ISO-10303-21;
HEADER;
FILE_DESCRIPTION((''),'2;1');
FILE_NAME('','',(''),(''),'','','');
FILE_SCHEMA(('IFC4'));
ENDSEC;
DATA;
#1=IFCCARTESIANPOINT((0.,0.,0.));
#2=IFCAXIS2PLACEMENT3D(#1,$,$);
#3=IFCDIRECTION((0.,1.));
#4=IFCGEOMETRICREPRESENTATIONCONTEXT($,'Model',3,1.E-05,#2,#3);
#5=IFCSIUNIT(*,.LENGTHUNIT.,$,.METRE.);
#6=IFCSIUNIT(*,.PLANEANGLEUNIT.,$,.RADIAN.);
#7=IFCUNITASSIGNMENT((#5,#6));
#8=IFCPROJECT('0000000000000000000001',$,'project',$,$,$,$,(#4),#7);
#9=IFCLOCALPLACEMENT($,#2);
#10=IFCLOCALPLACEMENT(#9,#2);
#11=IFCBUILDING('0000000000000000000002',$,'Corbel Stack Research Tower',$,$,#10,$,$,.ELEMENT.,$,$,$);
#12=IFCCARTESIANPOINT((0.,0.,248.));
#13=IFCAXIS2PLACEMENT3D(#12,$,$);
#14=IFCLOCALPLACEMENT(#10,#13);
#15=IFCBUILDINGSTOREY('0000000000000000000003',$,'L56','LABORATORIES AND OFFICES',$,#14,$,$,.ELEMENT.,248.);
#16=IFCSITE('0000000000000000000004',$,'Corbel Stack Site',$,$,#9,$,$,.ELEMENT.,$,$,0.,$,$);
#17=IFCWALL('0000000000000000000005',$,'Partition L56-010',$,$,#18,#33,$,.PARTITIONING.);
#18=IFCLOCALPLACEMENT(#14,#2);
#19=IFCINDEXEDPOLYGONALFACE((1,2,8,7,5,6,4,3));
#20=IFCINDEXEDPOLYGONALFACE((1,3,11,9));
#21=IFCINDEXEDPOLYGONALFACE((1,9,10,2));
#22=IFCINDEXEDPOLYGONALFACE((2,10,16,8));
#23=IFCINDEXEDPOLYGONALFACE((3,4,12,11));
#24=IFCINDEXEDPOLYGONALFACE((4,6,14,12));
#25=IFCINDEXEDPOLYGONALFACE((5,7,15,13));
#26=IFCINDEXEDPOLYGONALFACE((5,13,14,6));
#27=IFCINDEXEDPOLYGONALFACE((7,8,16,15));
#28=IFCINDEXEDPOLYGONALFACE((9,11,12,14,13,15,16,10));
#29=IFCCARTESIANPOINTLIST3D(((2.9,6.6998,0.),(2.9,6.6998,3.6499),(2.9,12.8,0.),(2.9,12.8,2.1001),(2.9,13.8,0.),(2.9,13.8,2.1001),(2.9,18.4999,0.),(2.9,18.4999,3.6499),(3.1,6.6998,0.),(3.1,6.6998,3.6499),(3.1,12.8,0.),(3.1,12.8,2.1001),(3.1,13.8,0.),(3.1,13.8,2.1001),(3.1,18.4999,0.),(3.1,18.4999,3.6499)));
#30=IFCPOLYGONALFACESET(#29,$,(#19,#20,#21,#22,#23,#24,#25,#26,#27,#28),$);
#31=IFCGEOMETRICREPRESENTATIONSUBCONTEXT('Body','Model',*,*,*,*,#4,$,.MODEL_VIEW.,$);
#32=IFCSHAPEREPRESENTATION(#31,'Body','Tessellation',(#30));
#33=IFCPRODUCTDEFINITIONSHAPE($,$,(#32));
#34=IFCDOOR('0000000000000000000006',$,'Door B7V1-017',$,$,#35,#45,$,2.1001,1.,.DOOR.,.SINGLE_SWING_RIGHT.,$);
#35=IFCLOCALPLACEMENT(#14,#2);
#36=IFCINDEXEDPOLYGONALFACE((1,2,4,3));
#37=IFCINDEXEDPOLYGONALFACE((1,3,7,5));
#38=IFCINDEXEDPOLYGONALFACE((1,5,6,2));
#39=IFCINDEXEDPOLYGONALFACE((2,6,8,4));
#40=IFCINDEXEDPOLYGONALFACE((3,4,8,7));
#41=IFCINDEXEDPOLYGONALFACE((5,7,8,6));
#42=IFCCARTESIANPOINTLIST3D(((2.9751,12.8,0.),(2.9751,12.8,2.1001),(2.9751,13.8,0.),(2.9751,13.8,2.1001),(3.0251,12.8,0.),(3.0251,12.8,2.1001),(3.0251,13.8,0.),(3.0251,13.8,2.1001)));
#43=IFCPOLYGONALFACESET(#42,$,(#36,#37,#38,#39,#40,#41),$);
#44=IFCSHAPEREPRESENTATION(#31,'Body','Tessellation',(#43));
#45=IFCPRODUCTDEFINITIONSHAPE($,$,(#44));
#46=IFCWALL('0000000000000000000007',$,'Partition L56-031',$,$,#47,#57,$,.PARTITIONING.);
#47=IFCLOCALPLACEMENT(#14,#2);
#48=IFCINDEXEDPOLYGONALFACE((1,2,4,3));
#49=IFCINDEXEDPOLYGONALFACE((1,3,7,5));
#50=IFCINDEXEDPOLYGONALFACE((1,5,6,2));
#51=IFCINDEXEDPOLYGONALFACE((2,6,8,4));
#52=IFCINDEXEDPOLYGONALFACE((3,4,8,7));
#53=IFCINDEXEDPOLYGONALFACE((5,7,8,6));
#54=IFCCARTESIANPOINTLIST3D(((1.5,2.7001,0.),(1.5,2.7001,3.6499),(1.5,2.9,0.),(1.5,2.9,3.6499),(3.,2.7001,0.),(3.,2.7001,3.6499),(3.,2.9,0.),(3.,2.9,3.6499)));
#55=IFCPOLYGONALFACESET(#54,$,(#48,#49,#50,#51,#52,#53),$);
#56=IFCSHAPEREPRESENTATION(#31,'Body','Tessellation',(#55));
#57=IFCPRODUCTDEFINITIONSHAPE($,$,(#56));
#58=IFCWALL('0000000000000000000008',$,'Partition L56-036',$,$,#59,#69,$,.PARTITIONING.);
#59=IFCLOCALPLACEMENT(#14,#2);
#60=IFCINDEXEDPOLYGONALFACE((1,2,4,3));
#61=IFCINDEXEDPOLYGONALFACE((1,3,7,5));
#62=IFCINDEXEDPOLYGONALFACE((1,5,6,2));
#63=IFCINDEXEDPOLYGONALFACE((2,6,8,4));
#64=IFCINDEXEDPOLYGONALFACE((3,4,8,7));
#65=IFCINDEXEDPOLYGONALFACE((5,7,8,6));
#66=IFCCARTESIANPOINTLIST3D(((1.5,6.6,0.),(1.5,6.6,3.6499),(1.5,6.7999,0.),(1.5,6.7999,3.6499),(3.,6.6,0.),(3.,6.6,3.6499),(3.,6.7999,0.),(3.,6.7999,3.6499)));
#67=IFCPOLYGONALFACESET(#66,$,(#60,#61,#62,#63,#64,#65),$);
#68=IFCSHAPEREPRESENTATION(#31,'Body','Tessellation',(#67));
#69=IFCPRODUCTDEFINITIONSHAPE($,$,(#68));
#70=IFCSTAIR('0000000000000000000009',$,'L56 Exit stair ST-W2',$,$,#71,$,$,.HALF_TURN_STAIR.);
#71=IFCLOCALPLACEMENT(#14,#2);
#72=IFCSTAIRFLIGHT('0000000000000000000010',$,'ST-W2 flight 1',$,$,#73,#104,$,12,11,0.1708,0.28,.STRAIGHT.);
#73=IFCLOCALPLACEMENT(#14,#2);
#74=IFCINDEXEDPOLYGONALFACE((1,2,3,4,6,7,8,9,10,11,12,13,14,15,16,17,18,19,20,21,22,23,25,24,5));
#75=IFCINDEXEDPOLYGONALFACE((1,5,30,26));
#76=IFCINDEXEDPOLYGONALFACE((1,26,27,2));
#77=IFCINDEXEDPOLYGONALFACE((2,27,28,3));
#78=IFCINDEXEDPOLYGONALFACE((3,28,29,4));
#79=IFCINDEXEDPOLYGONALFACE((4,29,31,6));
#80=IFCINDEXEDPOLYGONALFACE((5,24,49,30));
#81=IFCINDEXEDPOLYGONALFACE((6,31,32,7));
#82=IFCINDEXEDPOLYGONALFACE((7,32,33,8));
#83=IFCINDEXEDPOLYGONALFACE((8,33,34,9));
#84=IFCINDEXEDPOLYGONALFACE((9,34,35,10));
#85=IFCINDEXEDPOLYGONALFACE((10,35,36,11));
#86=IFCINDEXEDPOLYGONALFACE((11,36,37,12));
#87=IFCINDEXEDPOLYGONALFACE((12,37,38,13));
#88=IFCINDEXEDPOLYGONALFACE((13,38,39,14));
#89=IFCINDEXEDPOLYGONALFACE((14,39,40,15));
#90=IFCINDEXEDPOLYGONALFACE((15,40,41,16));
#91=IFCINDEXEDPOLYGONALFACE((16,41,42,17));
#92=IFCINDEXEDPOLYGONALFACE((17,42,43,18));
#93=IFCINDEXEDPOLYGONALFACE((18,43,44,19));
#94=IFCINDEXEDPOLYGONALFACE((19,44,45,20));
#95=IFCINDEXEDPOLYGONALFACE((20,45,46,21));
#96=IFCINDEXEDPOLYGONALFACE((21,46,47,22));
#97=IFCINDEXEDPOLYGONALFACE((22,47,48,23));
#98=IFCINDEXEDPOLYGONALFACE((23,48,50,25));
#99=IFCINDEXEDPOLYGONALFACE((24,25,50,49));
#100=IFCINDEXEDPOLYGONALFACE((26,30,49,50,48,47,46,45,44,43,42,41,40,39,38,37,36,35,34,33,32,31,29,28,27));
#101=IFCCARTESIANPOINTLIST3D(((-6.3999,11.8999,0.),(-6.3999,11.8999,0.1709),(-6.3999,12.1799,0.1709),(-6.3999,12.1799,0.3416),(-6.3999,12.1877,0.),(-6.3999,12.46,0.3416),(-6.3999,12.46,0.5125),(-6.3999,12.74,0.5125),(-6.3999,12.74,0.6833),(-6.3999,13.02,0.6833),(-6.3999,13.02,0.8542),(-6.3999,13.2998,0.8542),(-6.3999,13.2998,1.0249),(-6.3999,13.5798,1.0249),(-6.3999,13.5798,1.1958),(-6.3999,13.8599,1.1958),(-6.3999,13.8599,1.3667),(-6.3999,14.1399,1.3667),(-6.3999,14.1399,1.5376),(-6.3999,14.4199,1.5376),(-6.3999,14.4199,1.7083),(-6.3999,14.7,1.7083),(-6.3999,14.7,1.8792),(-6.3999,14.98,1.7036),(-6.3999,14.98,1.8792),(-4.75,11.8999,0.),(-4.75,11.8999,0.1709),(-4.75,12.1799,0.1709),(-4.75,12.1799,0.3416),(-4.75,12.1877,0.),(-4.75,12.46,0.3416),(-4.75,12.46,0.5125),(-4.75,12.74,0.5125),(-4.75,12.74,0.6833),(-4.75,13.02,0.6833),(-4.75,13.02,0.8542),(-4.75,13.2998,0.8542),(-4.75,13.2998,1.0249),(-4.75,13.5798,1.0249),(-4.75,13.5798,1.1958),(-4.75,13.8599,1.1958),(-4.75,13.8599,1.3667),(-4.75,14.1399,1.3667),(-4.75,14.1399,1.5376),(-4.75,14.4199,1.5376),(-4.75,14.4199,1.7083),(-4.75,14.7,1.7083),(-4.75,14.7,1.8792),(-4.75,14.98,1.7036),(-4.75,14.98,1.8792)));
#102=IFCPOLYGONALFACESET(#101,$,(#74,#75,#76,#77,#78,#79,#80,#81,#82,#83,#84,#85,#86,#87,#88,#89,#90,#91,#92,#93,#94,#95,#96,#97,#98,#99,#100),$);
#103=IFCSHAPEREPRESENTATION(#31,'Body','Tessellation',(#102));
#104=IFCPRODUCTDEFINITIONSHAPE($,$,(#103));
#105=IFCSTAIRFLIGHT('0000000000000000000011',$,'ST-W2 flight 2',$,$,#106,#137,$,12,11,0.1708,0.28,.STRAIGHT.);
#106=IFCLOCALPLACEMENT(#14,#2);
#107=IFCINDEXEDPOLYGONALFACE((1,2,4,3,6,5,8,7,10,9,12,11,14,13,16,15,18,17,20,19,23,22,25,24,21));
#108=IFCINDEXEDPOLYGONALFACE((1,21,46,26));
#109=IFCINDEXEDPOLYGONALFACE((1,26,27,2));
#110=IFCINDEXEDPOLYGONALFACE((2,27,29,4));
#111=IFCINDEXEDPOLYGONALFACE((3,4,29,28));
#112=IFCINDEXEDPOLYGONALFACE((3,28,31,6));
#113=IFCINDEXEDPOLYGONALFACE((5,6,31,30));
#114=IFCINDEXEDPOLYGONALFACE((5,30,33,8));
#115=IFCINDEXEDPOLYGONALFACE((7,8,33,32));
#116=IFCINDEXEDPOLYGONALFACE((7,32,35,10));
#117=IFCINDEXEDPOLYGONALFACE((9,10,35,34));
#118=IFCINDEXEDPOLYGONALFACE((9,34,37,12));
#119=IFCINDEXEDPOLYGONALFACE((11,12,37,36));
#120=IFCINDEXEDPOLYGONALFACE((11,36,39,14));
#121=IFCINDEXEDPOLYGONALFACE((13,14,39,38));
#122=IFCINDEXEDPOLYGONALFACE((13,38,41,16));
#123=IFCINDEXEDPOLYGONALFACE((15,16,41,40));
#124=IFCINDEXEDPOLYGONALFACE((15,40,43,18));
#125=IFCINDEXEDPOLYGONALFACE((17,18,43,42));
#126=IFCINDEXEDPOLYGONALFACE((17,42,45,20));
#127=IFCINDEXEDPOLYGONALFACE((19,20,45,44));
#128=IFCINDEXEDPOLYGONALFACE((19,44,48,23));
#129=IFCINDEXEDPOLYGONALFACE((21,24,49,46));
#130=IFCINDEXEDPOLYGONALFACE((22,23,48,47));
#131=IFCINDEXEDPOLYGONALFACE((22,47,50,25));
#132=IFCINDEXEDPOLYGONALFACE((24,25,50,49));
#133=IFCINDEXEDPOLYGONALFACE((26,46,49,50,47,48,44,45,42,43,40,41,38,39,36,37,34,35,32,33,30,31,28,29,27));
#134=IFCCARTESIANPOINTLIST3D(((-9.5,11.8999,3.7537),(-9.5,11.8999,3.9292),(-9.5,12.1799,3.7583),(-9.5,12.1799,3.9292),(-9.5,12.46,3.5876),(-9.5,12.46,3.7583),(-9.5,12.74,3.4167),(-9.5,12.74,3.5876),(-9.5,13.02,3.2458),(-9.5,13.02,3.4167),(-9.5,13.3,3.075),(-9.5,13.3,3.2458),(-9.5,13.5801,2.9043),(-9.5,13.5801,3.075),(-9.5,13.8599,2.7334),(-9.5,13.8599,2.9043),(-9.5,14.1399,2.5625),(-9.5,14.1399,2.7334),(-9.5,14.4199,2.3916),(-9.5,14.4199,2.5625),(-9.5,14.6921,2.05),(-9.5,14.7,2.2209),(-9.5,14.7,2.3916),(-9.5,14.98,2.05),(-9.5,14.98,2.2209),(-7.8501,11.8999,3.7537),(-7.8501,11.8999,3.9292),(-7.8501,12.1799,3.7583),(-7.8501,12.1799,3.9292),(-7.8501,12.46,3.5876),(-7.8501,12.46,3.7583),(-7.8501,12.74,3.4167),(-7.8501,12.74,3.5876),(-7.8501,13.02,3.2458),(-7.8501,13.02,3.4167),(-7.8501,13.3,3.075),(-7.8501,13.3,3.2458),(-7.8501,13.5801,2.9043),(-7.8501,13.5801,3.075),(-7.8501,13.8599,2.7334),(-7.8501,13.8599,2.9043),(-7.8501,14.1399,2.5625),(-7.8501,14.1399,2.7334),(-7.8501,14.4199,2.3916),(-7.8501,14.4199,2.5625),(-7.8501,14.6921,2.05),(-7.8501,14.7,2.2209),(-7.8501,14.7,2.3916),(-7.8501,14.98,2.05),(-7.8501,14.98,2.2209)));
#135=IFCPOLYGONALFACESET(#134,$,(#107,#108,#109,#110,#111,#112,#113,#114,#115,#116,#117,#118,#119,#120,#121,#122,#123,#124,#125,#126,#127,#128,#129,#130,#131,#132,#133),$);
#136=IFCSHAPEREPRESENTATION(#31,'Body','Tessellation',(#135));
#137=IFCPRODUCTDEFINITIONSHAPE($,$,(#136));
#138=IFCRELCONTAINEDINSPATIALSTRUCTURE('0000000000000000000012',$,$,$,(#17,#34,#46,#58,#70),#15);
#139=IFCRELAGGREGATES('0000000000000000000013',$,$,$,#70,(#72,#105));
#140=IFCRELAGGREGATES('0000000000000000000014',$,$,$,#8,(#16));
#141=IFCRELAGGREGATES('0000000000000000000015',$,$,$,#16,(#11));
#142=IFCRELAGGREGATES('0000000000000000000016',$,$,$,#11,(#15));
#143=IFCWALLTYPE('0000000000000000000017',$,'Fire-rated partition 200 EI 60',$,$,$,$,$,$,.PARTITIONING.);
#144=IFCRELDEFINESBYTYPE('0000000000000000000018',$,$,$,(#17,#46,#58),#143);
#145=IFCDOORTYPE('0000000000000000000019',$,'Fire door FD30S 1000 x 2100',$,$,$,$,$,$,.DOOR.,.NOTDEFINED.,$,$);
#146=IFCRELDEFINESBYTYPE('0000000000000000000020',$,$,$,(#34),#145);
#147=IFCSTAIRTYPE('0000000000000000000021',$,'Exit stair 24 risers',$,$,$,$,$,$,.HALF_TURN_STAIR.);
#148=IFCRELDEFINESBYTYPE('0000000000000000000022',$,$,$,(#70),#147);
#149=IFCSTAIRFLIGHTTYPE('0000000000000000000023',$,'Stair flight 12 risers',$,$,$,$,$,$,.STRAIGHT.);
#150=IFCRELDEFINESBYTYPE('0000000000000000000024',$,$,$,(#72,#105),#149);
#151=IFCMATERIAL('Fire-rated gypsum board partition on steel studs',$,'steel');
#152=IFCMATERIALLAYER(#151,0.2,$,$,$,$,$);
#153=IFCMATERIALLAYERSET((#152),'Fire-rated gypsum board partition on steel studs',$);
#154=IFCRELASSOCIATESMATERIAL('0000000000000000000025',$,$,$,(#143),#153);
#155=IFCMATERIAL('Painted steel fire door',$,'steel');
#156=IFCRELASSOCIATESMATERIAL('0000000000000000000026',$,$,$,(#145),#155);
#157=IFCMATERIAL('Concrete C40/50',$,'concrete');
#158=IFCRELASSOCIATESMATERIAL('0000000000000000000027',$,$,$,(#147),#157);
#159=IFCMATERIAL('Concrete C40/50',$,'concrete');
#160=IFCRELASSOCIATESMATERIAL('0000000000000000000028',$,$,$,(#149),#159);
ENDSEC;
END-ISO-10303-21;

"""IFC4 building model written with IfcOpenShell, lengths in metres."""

from ifc_helpers import new_model, si_unit, direction, frame, frame_2d, origin, place, context, subcontext, project, spatial, polyline, rectangle, outline, extrude, material, layer, layer_set, type_object, element, fill, aggregate, save


model = new_model("IFC4")

# Units and contexts
model_context = context("Model", 3, precision=1e-05, world=origin(), true_north=direction((0.0, 1.0)))
body_context = subcontext(model_context, "Body", "Model", "MODEL_VIEW")
ifc_project = project(units=[si_unit("LENGTHUNIT", "METRE"), si_unit("PLANEANGLEUNIT", "RADIAN")], contexts=[model_context])

# Site, building, storey
site_placement = place(None, origin())
site = spatial("IfcSite", under=ifc_project, at=site_placement, Name="Corbel Stack Site", CompositionType="ELEMENT", RefElevation=0.0)
building_placement = place(site_placement, origin())
building = spatial("IfcBuilding", under=site, at=building_placement, Name="Corbel Stack Research Tower", CompositionType="ELEMENT")
storey_placement = place(building_placement, frame((0.0, 0.0, 248.0)))
storey = spatial("IfcBuildingStorey", under=building, at=storey_placement, Name="L56", Description="LABORATORIES AND OFFICES", CompositionType="ELEMENT", Elevation=248.0)

# Wall, opening, door
ifc_material_1 = material(Name="Fire-rated gypsum board partition on steel studs", Category="steel")
ifc_layer_1 = layer(ifc_material_1, 0.2)
ifc_layer_set_1 = layer_set([ifc_layer_1], Name="Fire-rated gypsum board partition on steel studs")
wall_type_1 = type_object("IfcWallType", Name="Fire-rated partition 200 EI 60", PredefinedType="PARTITIONING", material=ifc_layer_set_1)
wall_1_placement = place(storey_placement, frame((3.0, 6.7, 0.0), z_axis=(0.0, 0.0, 1.0), x_axis=(0.0, 1.0, 0.0)))
wall_1 = element("IfcWall", 1, at=wall_1_placement, inside=storey, type_object=wall_type_1, Name="Partition L56-010", PredefinedType="PARTITIONING", context=body_context, shape_type="SweptSolid", body=[
    extrude(rectangle(XDim=11.8, YDim=0.2, at=frame_2d((5.8999, 0.0))), origin(), (0.0, 0.0, 1.0), 3.6499),
])
opening_1_placement = place(wall_1_placement, frame((6.1001, 0.0, 0.0)))
opening_1 = element("IfcOpeningElement", 2, at=opening_1_placement, cuts=wall_1, PredefinedType="OPENING", context=body_context, shape_type="SweptSolid", body=[
    extrude(rectangle(XDim=1.0, YDim=2.1001, at=frame_2d((0.5, 1.05))), frame((0.0, 0.1099, 0.0), z_axis=(0.0, -1.0, 0.0), x_axis=(1.0, 0.0, 0.0)), (0.0, 0.0, 1.0), 0.22),
])
ifc_material_2 = material(Name="Painted steel fire door", Category="steel")
door_type_1 = type_object("IfcDoorType", Name="Fire door FD30S 1000 x 2100", OperationType="NOTDEFINED", PredefinedType="DOOR", material=ifc_material_2)
door_1_placement = place(opening_1_placement, origin())
door_1 = element("IfcDoor", 3, at=door_1_placement, inside=storey, type_object=door_type_1, Name="Door B7V1-017", OperationType="SINGLE_SWING_RIGHT", OverallHeight=2.1001, OverallWidth=1.0, PredefinedType="DOOR", context=body_context, shape_type="SweptSolid", body=[
    extrude(rectangle(XDim=1.0, YDim=2.1001, at=frame_2d((0.5, 1.05))), frame((0.0, 0.0249, 0.0), z_axis=(0.0, -1.0, 0.0), x_axis=(1.0, 0.0, 0.0)), (0.0, 0.0, 1.0), 0.05),
])
fill(opening_1, door_1)

# Walls
for number, where, z_axis, x_axis, name in (
    (4, (1.5, 2.8, 0.0), (0.0, 0.0, 1.0), (1.0, 0.0, 0.0), "Partition L56-031"),
    (5, (1.5, 6.7, 0.0), (0.0, 0.0, 1.0), (1.0, 0.0, 0.0), "Partition L56-036"),
):
    element("IfcWall", number, at=place(storey_placement, frame(where, z_axis=z_axis, x_axis=x_axis)), inside=storey, type_object=wall_type_1, Name=name, PredefinedType="PARTITIONING", context=body_context, shape_type="SweptSolid", body=[
        extrude(rectangle(XDim=1.5, YDim=0.2, at=frame_2d((0.75, 0.0))), origin(), (0.0, 0.0, 1.0), 3.6499),
    ])

# Stair, stair flights
ifc_material_3 = material(Name="Concrete C40/50", Category="concrete")
stair_type = type_object("IfcStairType", Name="Exit stair 24 risers", PredefinedType="HALF_TURN_STAIR", material=ifc_material_3)
stair_placement = place(storey_placement, origin())
stair = element("IfcStair", 6, at=stair_placement, inside=storey, type_object=stair_type, Name="L56 Exit stair ST-W2", PredefinedType="HALF_TURN_STAIR")
ifc_material_4 = material(Name="Concrete C40/50", Category="concrete")
stair_flight_type = type_object("IfcStairFlightType", Name="Stair flight 12 risers", PredefinedType="STRAIGHT", material=ifc_material_4)
stair_flight_1_placement = place(storey_placement, frame((-5.575, 11.8999, 0.0), z_axis=(0.0, 0.0, 1.0), x_axis=(0.0, 1.0, 0.0)))
stair_flight_1 = element("IfcStairFlight", 7, at=stair_flight_1_placement, type_object=stair_flight_type, Name="ST-W2 flight 1", NumberOfRisers=12, NumberOfTreads=11, PredefinedType="STRAIGHT", RiserHeight=0.1708, TreadLength=0.28, context=body_context, shape_type="SweptSolid", body=[
    extrude(outline(polyline([(0.0, 0.0), (0.0, 0.1709), (0.28, 0.1709), (0.28, 0.3416), (0.5601, 0.3416), (0.5601, 0.5125), (0.8401, 0.5125), (0.8401, 0.6833), (1.1201, 0.6833), (1.1201, 0.8542), (1.3999, 0.8542), (1.3999, 1.0249), (1.6799, 1.0249), (1.6799, 1.1958), (1.96, 1.1958), (1.96, 1.3667), (2.24, 1.3667), (2.24, 1.5376), (2.52, 1.5376), (2.52, 1.7083), (2.8, 1.7083), (2.8, 1.8792), (3.0801, 1.8792), (3.0801, 2.05), (3.0801, 1.7036), (0.2878, 0.0), (0.0, 0.0)])), frame((0.0, 0.825, 0.0), z_axis=(0.0, -1.0, 0.0), x_axis=(1.0, 0.0, 0.0)), (0.0, 0.0, 1.0), 1.6499),
])
stair_flight_2_placement = place(storey_placement, frame((-8.675, 14.98, 2.05), z_axis=(0.0, 0.0, 1.0), x_axis=(0.0, -1.0, 0.0)))
stair_flight_2 = element("IfcStairFlight", 8, at=stair_flight_2_placement, type_object=stair_flight_type, Name="ST-W2 flight 2", NumberOfRisers=12, NumberOfTreads=11, PredefinedType="STRAIGHT", RiserHeight=0.1708, TreadLength=0.28, context=body_context, shape_type="SweptSolid", body=[
    extrude(outline(polyline([(0.0, 0.0), (0.0, 0.1709), (0.28, 0.1709), (0.28, 0.3416), (0.5601, 0.3416), (0.5601, 0.5125), (0.8401, 0.5125), (0.8401, 0.6833), (1.1201, 0.6833), (1.1201, 0.8542), (1.3999, 0.8542), (1.3999, 1.0249), (1.6799, 1.0249), (1.6799, 1.1958), (1.96, 1.1958), (1.96, 1.3667), (2.24, 1.3667), (2.24, 1.5376), (2.52, 1.5376), (2.52, 1.7083), (2.8, 1.7083), (2.8, 1.8792), (3.0801, 1.8792), (3.0801, 2.05), (3.0801, 1.7036), (0.2878, 0.0), (0.0, 0.0)])), frame((0.0, 0.825, 0.0), z_axis=(0.0, -1.0, 0.0), x_axis=(1.0, 0.0, 0.0)), (0.0, 0.0, 1.0), 1.6499),
])
aggregate(stair, [stair_flight_1, stair_flight_2])

save(model, "model.ifc")
